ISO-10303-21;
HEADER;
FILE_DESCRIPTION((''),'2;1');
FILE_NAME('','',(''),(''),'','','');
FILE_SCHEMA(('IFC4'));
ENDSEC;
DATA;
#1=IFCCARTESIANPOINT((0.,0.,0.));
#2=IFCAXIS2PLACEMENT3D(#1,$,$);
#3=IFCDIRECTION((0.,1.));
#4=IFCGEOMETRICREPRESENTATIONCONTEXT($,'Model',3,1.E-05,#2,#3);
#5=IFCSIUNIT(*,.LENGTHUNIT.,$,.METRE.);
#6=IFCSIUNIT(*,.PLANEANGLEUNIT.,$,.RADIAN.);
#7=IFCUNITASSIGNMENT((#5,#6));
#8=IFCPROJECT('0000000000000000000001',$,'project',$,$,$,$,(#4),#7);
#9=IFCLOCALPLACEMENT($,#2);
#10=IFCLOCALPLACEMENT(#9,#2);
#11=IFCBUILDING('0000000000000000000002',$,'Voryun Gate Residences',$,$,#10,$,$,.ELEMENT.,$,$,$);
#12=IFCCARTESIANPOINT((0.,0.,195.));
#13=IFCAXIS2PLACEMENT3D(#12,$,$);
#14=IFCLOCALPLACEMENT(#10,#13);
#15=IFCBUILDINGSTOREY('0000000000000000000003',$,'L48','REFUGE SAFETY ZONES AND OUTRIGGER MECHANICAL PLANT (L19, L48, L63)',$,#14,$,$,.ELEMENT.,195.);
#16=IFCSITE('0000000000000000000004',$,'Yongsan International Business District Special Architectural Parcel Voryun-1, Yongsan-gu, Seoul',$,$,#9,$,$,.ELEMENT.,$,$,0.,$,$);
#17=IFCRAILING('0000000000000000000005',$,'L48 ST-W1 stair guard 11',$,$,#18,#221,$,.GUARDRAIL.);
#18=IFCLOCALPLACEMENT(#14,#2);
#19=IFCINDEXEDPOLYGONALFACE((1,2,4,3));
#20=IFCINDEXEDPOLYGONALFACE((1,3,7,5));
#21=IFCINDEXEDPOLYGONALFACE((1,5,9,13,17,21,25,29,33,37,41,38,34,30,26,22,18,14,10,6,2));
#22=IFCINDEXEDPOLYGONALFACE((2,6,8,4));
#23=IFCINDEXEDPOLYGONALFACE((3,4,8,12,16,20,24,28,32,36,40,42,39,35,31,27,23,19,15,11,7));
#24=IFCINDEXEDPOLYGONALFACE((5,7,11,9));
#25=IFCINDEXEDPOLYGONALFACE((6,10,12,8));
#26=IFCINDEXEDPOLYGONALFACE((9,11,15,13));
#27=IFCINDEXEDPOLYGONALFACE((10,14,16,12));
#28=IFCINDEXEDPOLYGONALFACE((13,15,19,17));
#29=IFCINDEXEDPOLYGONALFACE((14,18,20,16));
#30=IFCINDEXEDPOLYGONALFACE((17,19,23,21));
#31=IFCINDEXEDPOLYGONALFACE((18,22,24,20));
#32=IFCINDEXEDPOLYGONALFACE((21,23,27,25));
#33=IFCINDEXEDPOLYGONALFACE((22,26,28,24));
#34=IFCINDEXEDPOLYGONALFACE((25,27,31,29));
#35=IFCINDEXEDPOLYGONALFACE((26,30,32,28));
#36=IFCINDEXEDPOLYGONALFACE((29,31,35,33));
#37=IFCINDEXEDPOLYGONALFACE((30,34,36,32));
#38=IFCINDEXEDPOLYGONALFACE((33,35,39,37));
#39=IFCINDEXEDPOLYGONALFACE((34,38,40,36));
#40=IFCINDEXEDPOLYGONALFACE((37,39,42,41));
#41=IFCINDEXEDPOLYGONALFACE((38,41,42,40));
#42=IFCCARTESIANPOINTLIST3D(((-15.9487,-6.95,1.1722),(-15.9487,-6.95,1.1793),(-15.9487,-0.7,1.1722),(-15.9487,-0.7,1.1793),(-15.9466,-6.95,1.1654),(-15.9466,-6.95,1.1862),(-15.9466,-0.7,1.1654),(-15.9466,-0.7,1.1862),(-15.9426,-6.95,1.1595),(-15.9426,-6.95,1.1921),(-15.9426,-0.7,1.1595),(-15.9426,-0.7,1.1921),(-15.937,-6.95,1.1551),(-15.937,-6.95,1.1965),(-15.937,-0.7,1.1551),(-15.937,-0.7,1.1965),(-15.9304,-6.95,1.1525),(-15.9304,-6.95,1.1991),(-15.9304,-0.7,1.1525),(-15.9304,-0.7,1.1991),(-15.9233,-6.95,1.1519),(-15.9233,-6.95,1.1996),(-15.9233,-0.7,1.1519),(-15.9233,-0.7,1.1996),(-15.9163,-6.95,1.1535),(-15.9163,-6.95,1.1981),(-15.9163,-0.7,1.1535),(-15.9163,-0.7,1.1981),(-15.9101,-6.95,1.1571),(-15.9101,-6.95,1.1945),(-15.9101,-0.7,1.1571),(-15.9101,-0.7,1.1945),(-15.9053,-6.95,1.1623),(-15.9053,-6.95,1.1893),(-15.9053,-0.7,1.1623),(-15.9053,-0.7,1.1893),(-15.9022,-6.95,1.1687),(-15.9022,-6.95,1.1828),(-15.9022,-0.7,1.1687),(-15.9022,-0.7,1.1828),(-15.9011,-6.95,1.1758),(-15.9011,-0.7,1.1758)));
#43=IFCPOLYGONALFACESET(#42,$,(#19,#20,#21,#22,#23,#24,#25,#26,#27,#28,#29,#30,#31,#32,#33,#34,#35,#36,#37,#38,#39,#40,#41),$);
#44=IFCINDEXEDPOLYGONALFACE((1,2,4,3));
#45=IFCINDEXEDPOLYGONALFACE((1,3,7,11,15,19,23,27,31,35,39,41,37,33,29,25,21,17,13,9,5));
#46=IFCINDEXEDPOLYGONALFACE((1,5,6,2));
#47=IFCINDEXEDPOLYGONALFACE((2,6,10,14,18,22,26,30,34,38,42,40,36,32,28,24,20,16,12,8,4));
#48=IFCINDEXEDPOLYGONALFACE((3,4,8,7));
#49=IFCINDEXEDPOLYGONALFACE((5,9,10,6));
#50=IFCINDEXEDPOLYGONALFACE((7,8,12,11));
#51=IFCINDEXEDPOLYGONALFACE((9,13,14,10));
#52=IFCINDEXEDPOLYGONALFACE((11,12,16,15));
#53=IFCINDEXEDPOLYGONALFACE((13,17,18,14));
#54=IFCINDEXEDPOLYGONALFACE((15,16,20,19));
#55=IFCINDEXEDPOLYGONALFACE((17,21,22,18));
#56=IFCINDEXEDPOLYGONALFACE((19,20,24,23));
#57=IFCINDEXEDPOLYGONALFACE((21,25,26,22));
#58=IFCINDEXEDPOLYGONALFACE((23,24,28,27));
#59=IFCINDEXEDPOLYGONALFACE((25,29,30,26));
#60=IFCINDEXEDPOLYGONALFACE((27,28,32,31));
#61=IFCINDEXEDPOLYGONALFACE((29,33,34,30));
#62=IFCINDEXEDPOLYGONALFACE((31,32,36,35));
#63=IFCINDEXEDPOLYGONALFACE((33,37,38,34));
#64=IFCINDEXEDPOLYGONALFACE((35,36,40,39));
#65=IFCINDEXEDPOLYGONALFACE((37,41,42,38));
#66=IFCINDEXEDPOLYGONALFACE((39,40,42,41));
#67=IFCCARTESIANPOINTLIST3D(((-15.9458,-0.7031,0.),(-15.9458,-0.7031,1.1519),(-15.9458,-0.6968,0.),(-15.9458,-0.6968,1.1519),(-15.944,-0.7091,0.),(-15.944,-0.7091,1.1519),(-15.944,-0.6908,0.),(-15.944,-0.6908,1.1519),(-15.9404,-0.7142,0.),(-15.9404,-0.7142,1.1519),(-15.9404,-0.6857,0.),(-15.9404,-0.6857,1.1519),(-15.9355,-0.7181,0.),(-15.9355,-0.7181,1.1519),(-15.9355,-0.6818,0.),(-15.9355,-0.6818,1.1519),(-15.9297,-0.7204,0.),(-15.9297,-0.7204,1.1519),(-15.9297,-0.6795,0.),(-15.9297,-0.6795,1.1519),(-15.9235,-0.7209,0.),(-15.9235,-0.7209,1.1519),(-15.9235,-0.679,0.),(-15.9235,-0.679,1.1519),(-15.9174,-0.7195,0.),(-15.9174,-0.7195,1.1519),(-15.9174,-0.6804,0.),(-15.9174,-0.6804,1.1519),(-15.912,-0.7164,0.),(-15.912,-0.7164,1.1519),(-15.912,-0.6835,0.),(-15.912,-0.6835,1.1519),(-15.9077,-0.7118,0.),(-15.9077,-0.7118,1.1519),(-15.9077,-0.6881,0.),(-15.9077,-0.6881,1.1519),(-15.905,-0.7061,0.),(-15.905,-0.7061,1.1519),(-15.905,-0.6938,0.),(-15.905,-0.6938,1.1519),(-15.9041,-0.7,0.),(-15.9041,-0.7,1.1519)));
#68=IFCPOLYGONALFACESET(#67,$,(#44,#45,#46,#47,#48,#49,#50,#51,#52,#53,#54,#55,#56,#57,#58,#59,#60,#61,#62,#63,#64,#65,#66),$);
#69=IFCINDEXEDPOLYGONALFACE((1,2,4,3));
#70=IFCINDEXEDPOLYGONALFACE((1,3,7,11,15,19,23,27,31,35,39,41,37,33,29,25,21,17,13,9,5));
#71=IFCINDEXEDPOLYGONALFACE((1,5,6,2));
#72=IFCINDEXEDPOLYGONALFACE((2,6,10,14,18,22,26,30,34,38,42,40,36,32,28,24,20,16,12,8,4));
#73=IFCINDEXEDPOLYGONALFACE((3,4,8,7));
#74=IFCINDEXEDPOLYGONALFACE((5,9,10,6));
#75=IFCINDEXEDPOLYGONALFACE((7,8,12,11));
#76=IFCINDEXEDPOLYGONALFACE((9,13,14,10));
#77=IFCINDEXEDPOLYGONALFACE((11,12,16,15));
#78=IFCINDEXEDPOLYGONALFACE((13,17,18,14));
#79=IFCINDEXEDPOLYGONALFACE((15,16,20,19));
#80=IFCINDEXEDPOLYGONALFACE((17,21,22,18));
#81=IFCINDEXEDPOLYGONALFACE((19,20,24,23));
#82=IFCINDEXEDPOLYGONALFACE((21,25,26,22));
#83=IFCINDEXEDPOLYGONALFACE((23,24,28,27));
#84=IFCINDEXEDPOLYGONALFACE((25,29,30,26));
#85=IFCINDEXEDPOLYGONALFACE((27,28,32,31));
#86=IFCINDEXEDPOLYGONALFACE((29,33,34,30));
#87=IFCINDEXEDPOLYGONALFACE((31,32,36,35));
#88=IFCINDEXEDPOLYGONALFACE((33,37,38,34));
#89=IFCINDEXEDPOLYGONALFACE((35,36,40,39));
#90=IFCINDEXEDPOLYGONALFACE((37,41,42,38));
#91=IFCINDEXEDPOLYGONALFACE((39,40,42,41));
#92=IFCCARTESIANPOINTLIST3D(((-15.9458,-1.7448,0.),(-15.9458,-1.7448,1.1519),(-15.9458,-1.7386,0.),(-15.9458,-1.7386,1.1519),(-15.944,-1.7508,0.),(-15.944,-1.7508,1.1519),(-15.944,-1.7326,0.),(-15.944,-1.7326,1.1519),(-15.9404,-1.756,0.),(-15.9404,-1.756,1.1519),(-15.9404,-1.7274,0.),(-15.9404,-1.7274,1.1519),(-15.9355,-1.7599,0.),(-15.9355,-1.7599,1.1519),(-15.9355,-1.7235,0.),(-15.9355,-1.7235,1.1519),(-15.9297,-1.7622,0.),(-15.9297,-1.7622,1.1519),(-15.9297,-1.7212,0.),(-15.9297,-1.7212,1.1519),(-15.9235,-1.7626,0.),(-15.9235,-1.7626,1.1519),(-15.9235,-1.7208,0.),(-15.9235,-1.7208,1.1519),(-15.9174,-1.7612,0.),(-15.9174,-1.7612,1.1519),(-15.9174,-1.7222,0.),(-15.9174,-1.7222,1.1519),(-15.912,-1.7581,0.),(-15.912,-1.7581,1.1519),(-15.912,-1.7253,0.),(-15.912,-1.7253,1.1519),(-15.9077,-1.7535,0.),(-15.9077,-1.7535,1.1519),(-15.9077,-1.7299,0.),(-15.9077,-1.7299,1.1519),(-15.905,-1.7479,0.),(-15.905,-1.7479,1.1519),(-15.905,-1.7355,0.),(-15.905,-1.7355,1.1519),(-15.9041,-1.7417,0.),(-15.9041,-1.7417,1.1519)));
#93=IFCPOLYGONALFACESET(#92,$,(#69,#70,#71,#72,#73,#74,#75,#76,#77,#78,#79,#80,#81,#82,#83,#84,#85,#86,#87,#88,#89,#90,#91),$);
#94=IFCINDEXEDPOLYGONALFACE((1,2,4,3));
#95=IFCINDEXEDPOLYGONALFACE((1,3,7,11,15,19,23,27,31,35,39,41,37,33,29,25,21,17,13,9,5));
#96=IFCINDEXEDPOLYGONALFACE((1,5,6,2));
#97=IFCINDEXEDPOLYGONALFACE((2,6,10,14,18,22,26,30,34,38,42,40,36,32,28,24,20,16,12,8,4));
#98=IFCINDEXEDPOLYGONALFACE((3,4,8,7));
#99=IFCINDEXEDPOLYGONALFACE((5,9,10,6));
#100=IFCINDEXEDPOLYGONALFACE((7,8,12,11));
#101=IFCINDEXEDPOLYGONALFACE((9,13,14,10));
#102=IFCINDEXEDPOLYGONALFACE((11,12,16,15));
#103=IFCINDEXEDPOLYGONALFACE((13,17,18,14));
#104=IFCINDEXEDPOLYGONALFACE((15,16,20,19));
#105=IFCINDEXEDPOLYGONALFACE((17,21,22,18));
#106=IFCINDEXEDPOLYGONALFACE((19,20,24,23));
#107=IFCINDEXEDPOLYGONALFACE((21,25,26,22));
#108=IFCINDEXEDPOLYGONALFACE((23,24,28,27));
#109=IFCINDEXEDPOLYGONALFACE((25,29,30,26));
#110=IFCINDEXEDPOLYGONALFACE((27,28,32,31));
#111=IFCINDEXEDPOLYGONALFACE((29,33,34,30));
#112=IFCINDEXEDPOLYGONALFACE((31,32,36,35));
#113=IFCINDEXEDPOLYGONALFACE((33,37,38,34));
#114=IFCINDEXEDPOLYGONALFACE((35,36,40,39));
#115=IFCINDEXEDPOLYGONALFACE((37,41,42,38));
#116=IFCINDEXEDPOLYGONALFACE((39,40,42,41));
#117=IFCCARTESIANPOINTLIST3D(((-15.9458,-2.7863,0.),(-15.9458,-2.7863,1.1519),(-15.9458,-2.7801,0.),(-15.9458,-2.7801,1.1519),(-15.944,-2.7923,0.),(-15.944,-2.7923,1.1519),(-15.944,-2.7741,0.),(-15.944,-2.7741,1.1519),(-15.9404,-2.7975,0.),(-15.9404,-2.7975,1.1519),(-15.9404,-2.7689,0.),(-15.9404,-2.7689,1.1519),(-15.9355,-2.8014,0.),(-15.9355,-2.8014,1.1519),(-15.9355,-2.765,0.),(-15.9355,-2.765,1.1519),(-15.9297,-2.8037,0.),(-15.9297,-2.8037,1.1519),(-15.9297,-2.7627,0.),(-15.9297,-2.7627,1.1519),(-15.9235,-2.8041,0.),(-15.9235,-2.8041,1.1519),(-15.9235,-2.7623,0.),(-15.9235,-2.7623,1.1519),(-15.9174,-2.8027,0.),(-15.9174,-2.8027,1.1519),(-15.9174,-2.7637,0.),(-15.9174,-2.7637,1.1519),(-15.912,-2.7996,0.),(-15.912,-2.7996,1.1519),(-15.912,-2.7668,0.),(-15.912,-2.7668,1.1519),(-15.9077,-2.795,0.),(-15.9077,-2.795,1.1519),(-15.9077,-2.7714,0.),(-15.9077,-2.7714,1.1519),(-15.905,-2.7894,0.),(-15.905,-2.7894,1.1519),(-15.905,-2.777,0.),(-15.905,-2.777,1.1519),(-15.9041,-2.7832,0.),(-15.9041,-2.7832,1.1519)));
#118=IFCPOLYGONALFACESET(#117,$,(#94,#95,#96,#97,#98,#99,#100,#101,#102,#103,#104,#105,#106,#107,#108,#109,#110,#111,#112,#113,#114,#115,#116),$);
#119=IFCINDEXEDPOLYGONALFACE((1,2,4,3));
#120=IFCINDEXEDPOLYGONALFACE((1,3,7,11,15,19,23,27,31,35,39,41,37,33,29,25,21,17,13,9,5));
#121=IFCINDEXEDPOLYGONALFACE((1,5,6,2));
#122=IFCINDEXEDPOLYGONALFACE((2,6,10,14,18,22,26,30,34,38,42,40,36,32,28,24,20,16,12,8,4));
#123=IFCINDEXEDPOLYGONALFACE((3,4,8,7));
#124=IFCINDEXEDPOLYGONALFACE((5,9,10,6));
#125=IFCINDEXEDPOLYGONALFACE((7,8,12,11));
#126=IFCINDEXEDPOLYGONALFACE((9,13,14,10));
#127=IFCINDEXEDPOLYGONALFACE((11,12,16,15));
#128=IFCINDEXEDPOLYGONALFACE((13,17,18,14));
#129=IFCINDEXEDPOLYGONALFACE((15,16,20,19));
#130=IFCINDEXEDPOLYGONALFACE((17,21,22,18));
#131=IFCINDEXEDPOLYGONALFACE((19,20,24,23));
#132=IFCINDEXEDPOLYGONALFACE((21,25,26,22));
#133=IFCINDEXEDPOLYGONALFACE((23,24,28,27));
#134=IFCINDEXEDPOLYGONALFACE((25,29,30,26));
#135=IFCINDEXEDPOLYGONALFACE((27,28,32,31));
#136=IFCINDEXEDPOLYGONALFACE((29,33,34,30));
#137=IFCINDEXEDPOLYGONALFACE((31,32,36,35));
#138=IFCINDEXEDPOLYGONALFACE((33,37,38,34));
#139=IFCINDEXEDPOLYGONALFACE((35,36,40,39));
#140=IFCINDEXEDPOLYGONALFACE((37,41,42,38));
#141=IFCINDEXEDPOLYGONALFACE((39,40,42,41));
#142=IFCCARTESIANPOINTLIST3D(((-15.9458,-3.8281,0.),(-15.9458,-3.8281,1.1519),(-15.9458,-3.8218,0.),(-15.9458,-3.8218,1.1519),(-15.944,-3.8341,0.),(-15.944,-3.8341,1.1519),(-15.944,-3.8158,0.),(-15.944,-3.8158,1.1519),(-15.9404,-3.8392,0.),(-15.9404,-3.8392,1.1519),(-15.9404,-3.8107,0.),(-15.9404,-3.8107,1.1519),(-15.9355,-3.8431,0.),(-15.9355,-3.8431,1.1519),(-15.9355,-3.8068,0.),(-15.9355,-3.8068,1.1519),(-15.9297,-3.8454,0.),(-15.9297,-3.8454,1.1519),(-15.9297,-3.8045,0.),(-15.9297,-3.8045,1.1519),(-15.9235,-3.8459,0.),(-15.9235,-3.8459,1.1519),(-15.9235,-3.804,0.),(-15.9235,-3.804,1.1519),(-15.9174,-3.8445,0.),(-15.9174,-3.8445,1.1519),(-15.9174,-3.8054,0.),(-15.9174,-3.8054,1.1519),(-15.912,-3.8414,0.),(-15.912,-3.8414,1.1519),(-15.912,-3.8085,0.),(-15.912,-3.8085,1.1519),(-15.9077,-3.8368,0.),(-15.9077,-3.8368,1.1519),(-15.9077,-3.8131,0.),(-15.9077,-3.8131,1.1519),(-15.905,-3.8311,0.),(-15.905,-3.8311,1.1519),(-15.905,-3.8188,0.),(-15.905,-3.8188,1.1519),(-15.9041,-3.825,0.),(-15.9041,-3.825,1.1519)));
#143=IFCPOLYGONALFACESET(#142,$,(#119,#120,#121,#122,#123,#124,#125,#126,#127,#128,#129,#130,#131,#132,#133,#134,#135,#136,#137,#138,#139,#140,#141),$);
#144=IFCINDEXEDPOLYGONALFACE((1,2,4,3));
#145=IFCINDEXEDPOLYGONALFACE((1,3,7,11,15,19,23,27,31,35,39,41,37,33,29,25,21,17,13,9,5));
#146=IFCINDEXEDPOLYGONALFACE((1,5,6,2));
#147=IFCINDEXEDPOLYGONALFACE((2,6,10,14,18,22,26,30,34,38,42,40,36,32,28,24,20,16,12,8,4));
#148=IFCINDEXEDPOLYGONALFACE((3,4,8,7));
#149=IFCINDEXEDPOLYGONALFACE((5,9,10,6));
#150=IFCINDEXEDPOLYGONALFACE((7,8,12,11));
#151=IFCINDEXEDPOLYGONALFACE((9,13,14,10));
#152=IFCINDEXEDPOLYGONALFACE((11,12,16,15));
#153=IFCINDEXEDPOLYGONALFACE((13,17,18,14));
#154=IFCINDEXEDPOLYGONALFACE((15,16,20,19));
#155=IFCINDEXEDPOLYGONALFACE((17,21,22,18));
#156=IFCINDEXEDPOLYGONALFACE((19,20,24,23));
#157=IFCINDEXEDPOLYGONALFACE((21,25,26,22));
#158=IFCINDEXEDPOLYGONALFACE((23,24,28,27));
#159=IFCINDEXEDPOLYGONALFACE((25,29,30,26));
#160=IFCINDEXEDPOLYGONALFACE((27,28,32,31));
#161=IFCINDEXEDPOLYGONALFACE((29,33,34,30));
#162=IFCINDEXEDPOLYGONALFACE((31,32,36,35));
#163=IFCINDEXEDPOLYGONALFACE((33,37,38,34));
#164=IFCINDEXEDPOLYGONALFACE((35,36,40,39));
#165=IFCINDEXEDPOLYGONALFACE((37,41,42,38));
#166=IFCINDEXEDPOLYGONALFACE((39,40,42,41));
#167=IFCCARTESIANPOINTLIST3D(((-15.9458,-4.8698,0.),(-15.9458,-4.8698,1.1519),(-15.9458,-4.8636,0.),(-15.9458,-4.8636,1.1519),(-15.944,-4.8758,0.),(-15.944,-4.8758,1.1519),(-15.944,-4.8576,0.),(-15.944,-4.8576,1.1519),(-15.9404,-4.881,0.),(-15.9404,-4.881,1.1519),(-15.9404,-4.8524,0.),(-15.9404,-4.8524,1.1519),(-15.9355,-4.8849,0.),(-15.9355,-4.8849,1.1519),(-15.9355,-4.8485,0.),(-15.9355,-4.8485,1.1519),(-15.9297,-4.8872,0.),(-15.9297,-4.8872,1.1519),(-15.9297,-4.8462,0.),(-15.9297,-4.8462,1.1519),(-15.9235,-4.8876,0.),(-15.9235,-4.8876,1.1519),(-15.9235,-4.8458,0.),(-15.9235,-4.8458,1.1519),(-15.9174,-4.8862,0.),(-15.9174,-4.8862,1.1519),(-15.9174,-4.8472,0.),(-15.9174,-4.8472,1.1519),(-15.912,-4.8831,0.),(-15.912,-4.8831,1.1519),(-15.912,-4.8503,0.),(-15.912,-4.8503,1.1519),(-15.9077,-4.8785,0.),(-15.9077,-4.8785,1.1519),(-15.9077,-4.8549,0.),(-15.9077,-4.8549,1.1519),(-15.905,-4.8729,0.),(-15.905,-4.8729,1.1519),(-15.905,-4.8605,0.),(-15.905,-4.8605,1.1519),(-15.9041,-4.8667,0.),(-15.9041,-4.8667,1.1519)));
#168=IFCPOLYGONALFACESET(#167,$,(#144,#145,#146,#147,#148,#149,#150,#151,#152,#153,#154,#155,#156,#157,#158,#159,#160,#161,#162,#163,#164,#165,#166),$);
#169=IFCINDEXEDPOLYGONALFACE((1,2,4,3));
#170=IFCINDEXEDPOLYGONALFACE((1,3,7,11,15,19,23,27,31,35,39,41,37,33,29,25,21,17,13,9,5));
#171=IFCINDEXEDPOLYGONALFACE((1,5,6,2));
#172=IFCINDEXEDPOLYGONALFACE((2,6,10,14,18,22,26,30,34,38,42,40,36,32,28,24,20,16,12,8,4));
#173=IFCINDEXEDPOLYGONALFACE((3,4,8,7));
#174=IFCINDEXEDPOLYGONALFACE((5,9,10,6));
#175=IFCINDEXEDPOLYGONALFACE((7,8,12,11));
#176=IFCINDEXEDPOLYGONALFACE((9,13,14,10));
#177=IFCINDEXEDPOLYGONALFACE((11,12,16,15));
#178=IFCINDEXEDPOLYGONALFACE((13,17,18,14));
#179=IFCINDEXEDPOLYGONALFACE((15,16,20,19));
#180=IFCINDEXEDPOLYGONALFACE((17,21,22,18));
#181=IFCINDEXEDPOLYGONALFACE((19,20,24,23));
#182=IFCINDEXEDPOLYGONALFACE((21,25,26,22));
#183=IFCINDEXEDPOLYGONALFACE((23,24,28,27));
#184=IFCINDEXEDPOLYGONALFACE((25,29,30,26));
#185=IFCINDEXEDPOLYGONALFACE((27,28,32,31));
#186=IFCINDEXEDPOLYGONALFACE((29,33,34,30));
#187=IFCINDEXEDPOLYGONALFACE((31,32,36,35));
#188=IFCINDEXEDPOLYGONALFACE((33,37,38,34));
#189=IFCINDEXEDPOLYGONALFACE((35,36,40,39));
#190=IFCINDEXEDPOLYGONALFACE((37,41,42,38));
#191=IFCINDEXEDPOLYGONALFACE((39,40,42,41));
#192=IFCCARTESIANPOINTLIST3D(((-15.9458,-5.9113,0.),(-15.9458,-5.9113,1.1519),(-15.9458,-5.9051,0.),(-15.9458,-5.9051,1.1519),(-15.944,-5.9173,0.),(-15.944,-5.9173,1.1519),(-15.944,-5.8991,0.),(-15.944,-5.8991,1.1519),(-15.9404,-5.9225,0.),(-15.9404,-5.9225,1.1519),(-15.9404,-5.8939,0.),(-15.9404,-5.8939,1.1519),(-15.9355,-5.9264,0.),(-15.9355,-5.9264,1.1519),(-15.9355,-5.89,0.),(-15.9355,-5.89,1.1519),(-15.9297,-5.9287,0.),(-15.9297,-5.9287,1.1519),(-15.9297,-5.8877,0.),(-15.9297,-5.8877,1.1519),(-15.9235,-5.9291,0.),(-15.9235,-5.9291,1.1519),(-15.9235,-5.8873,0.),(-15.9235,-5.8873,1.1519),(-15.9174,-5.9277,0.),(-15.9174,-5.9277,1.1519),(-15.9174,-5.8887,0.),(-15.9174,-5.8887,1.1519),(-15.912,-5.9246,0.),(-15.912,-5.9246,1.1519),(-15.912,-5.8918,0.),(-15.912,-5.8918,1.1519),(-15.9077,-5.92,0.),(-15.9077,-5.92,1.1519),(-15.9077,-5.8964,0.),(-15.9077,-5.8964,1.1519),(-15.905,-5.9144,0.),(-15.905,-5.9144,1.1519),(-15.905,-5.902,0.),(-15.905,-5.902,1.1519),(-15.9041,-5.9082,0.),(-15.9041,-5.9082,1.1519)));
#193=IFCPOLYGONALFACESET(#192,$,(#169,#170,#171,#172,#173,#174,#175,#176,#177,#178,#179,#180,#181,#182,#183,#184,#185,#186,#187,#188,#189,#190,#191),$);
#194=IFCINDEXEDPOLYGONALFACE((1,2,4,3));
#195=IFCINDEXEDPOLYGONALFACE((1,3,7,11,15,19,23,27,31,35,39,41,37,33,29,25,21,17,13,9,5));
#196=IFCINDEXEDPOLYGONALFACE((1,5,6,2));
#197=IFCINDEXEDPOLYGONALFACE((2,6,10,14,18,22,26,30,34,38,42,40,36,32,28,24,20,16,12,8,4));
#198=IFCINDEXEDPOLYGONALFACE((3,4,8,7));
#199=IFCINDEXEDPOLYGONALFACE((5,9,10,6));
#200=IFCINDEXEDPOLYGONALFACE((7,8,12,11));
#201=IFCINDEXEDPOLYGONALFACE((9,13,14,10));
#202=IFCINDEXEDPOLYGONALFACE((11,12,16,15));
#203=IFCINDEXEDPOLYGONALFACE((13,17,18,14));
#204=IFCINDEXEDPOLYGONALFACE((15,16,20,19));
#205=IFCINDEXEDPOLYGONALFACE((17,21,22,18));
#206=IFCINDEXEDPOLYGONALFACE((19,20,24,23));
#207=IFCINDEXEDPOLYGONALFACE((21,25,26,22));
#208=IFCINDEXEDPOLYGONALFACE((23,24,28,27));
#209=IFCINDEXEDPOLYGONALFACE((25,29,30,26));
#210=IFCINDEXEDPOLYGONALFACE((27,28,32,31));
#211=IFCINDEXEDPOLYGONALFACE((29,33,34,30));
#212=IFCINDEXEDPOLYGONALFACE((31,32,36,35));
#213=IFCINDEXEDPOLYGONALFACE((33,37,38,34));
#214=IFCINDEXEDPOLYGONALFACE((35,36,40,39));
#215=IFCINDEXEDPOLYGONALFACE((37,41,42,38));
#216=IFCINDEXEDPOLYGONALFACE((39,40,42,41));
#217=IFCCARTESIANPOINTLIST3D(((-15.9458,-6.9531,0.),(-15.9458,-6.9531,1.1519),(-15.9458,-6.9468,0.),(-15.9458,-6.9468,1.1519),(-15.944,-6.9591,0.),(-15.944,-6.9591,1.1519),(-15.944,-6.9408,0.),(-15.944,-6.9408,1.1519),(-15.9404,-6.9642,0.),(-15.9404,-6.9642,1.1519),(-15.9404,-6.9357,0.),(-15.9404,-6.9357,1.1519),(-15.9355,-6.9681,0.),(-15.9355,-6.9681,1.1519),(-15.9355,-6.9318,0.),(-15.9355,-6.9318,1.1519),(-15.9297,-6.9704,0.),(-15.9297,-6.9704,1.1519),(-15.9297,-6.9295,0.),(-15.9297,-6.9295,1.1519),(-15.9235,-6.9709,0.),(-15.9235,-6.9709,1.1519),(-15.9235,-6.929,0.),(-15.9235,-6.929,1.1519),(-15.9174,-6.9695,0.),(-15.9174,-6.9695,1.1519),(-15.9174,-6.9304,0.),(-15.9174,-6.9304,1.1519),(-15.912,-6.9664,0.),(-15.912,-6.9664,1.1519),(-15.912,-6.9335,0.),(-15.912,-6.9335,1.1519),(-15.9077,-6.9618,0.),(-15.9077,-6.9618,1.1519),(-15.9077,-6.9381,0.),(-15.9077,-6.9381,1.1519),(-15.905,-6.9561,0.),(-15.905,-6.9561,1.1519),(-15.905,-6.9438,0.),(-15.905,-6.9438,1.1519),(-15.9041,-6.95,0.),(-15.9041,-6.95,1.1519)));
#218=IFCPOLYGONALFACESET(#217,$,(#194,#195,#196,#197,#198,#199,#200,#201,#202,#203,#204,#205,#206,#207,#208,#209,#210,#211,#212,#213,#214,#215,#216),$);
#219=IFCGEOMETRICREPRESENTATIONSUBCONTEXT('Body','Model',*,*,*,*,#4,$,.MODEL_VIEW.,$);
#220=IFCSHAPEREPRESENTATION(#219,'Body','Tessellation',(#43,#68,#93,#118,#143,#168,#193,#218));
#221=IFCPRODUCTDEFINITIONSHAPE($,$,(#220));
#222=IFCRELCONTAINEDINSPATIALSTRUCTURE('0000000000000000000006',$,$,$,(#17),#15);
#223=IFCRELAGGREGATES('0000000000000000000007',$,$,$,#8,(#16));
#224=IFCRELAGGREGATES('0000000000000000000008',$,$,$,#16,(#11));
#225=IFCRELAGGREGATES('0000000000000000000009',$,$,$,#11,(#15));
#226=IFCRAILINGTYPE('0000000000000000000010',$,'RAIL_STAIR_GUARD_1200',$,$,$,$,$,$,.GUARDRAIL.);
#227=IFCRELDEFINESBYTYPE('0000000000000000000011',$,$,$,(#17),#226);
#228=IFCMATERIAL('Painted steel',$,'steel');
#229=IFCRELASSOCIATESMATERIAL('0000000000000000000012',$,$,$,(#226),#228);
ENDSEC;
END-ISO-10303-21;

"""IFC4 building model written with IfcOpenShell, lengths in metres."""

from ifc_helpers import new_model, si_unit, direction, frame, origin, origin_2d, place, context, subcontext, project, spatial, circle, extrude, material, type_object, element, save


model = new_model("IFC4")

# Units and contexts
model_context = context("Model", 3, precision=1e-05, world=origin(), true_north=direction((0.0, 1.0)))
body_context = subcontext(model_context, "Body", "Model", "MODEL_VIEW")
ifc_project = project(units=[si_unit("LENGTHUNIT", "METRE"), si_unit("PLANEANGLEUNIT", "RADIAN")], contexts=[model_context])

# Site, building, storey
site_placement = place(None, origin())
site = spatial("IfcSite", under=ifc_project, at=site_placement, Name="Yongsan International Business District Special Architectural Parcel Voryun-1, Yongsan-gu, Seoul", CompositionType="ELEMENT", RefElevation=0.0)
building_placement = place(site_placement, origin())
building = spatial("IfcBuilding", under=site, at=building_placement, Name="Voryun Gate Residences", CompositionType="ELEMENT")
storey_placement = place(building_placement, frame((0.0, 0.0, 195.0)))
storey = spatial("IfcBuildingStorey", under=building, at=storey_placement, Name="L48", Description="REFUGE SAFETY ZONES AND OUTRIGGER MECHANICAL PLANT (L19, L48, L63)", CompositionType="ELEMENT", Elevation=195.0)

# Railing
ifc_material_1 = material(Name="Painted steel", Category="steel")
railing_type = type_object("IfcRailingType", Name="RAIL_STAIR_GUARD_1200", PredefinedType="GUARDRAIL", material=ifc_material_1)
railing_1_placement = place(storey_placement, frame((-15.925, -0.7, 0.0)))
element("IfcRailing", 1, at=railing_1_placement, inside=storey, type_object=railing_type, Name="L48 ST-W1 stair guard 11", PredefinedType="GUARDRAIL", context=body_context, shape_type="SweptSolid", body=[
    extrude(circle(Radius=0.0239, at=origin_2d()), frame((0.0, 0.0, 1.1758), z_axis=(0.0, -1.0, 0.0), x_axis=(1.0, 0.0, 0.0)), (0.0, 0.0, 1.0), 6.25),
    extrude(circle(Radius=0.021, at=origin_2d()), origin(), (0.0, 0.0, 1.0), 1.1519),
    extrude(circle(Radius=0.021, at=origin_2d()), frame((0.0, -1.0417, 0.0)), (0.0, 0.0, 1.0), 1.1519),
    extrude(circle(Radius=0.021, at=origin_2d()), frame((0.0, -2.0833, 0.0)), (0.0, 0.0, 1.0), 1.1519),
    extrude(circle(Radius=0.021, at=origin_2d()), frame((0.0, -3.125, 0.0)), (0.0, 0.0, 1.0), 1.1519),
    extrude(circle(Radius=0.021, at=origin_2d()), frame((0.0, -4.1667, 0.0)), (0.0, 0.0, 1.0), 1.1519),
    extrude(circle(Radius=0.021, at=origin_2d()), frame((0.0, -5.2083, 0.0)), (0.0, 0.0, 1.0), 1.1519),
    extrude(circle(Radius=0.021, at=origin_2d()), frame((0.0, -6.25, 0.0)), (0.0, 0.0, 1.0), 1.1519),
])

save(model, "model.ifc")
